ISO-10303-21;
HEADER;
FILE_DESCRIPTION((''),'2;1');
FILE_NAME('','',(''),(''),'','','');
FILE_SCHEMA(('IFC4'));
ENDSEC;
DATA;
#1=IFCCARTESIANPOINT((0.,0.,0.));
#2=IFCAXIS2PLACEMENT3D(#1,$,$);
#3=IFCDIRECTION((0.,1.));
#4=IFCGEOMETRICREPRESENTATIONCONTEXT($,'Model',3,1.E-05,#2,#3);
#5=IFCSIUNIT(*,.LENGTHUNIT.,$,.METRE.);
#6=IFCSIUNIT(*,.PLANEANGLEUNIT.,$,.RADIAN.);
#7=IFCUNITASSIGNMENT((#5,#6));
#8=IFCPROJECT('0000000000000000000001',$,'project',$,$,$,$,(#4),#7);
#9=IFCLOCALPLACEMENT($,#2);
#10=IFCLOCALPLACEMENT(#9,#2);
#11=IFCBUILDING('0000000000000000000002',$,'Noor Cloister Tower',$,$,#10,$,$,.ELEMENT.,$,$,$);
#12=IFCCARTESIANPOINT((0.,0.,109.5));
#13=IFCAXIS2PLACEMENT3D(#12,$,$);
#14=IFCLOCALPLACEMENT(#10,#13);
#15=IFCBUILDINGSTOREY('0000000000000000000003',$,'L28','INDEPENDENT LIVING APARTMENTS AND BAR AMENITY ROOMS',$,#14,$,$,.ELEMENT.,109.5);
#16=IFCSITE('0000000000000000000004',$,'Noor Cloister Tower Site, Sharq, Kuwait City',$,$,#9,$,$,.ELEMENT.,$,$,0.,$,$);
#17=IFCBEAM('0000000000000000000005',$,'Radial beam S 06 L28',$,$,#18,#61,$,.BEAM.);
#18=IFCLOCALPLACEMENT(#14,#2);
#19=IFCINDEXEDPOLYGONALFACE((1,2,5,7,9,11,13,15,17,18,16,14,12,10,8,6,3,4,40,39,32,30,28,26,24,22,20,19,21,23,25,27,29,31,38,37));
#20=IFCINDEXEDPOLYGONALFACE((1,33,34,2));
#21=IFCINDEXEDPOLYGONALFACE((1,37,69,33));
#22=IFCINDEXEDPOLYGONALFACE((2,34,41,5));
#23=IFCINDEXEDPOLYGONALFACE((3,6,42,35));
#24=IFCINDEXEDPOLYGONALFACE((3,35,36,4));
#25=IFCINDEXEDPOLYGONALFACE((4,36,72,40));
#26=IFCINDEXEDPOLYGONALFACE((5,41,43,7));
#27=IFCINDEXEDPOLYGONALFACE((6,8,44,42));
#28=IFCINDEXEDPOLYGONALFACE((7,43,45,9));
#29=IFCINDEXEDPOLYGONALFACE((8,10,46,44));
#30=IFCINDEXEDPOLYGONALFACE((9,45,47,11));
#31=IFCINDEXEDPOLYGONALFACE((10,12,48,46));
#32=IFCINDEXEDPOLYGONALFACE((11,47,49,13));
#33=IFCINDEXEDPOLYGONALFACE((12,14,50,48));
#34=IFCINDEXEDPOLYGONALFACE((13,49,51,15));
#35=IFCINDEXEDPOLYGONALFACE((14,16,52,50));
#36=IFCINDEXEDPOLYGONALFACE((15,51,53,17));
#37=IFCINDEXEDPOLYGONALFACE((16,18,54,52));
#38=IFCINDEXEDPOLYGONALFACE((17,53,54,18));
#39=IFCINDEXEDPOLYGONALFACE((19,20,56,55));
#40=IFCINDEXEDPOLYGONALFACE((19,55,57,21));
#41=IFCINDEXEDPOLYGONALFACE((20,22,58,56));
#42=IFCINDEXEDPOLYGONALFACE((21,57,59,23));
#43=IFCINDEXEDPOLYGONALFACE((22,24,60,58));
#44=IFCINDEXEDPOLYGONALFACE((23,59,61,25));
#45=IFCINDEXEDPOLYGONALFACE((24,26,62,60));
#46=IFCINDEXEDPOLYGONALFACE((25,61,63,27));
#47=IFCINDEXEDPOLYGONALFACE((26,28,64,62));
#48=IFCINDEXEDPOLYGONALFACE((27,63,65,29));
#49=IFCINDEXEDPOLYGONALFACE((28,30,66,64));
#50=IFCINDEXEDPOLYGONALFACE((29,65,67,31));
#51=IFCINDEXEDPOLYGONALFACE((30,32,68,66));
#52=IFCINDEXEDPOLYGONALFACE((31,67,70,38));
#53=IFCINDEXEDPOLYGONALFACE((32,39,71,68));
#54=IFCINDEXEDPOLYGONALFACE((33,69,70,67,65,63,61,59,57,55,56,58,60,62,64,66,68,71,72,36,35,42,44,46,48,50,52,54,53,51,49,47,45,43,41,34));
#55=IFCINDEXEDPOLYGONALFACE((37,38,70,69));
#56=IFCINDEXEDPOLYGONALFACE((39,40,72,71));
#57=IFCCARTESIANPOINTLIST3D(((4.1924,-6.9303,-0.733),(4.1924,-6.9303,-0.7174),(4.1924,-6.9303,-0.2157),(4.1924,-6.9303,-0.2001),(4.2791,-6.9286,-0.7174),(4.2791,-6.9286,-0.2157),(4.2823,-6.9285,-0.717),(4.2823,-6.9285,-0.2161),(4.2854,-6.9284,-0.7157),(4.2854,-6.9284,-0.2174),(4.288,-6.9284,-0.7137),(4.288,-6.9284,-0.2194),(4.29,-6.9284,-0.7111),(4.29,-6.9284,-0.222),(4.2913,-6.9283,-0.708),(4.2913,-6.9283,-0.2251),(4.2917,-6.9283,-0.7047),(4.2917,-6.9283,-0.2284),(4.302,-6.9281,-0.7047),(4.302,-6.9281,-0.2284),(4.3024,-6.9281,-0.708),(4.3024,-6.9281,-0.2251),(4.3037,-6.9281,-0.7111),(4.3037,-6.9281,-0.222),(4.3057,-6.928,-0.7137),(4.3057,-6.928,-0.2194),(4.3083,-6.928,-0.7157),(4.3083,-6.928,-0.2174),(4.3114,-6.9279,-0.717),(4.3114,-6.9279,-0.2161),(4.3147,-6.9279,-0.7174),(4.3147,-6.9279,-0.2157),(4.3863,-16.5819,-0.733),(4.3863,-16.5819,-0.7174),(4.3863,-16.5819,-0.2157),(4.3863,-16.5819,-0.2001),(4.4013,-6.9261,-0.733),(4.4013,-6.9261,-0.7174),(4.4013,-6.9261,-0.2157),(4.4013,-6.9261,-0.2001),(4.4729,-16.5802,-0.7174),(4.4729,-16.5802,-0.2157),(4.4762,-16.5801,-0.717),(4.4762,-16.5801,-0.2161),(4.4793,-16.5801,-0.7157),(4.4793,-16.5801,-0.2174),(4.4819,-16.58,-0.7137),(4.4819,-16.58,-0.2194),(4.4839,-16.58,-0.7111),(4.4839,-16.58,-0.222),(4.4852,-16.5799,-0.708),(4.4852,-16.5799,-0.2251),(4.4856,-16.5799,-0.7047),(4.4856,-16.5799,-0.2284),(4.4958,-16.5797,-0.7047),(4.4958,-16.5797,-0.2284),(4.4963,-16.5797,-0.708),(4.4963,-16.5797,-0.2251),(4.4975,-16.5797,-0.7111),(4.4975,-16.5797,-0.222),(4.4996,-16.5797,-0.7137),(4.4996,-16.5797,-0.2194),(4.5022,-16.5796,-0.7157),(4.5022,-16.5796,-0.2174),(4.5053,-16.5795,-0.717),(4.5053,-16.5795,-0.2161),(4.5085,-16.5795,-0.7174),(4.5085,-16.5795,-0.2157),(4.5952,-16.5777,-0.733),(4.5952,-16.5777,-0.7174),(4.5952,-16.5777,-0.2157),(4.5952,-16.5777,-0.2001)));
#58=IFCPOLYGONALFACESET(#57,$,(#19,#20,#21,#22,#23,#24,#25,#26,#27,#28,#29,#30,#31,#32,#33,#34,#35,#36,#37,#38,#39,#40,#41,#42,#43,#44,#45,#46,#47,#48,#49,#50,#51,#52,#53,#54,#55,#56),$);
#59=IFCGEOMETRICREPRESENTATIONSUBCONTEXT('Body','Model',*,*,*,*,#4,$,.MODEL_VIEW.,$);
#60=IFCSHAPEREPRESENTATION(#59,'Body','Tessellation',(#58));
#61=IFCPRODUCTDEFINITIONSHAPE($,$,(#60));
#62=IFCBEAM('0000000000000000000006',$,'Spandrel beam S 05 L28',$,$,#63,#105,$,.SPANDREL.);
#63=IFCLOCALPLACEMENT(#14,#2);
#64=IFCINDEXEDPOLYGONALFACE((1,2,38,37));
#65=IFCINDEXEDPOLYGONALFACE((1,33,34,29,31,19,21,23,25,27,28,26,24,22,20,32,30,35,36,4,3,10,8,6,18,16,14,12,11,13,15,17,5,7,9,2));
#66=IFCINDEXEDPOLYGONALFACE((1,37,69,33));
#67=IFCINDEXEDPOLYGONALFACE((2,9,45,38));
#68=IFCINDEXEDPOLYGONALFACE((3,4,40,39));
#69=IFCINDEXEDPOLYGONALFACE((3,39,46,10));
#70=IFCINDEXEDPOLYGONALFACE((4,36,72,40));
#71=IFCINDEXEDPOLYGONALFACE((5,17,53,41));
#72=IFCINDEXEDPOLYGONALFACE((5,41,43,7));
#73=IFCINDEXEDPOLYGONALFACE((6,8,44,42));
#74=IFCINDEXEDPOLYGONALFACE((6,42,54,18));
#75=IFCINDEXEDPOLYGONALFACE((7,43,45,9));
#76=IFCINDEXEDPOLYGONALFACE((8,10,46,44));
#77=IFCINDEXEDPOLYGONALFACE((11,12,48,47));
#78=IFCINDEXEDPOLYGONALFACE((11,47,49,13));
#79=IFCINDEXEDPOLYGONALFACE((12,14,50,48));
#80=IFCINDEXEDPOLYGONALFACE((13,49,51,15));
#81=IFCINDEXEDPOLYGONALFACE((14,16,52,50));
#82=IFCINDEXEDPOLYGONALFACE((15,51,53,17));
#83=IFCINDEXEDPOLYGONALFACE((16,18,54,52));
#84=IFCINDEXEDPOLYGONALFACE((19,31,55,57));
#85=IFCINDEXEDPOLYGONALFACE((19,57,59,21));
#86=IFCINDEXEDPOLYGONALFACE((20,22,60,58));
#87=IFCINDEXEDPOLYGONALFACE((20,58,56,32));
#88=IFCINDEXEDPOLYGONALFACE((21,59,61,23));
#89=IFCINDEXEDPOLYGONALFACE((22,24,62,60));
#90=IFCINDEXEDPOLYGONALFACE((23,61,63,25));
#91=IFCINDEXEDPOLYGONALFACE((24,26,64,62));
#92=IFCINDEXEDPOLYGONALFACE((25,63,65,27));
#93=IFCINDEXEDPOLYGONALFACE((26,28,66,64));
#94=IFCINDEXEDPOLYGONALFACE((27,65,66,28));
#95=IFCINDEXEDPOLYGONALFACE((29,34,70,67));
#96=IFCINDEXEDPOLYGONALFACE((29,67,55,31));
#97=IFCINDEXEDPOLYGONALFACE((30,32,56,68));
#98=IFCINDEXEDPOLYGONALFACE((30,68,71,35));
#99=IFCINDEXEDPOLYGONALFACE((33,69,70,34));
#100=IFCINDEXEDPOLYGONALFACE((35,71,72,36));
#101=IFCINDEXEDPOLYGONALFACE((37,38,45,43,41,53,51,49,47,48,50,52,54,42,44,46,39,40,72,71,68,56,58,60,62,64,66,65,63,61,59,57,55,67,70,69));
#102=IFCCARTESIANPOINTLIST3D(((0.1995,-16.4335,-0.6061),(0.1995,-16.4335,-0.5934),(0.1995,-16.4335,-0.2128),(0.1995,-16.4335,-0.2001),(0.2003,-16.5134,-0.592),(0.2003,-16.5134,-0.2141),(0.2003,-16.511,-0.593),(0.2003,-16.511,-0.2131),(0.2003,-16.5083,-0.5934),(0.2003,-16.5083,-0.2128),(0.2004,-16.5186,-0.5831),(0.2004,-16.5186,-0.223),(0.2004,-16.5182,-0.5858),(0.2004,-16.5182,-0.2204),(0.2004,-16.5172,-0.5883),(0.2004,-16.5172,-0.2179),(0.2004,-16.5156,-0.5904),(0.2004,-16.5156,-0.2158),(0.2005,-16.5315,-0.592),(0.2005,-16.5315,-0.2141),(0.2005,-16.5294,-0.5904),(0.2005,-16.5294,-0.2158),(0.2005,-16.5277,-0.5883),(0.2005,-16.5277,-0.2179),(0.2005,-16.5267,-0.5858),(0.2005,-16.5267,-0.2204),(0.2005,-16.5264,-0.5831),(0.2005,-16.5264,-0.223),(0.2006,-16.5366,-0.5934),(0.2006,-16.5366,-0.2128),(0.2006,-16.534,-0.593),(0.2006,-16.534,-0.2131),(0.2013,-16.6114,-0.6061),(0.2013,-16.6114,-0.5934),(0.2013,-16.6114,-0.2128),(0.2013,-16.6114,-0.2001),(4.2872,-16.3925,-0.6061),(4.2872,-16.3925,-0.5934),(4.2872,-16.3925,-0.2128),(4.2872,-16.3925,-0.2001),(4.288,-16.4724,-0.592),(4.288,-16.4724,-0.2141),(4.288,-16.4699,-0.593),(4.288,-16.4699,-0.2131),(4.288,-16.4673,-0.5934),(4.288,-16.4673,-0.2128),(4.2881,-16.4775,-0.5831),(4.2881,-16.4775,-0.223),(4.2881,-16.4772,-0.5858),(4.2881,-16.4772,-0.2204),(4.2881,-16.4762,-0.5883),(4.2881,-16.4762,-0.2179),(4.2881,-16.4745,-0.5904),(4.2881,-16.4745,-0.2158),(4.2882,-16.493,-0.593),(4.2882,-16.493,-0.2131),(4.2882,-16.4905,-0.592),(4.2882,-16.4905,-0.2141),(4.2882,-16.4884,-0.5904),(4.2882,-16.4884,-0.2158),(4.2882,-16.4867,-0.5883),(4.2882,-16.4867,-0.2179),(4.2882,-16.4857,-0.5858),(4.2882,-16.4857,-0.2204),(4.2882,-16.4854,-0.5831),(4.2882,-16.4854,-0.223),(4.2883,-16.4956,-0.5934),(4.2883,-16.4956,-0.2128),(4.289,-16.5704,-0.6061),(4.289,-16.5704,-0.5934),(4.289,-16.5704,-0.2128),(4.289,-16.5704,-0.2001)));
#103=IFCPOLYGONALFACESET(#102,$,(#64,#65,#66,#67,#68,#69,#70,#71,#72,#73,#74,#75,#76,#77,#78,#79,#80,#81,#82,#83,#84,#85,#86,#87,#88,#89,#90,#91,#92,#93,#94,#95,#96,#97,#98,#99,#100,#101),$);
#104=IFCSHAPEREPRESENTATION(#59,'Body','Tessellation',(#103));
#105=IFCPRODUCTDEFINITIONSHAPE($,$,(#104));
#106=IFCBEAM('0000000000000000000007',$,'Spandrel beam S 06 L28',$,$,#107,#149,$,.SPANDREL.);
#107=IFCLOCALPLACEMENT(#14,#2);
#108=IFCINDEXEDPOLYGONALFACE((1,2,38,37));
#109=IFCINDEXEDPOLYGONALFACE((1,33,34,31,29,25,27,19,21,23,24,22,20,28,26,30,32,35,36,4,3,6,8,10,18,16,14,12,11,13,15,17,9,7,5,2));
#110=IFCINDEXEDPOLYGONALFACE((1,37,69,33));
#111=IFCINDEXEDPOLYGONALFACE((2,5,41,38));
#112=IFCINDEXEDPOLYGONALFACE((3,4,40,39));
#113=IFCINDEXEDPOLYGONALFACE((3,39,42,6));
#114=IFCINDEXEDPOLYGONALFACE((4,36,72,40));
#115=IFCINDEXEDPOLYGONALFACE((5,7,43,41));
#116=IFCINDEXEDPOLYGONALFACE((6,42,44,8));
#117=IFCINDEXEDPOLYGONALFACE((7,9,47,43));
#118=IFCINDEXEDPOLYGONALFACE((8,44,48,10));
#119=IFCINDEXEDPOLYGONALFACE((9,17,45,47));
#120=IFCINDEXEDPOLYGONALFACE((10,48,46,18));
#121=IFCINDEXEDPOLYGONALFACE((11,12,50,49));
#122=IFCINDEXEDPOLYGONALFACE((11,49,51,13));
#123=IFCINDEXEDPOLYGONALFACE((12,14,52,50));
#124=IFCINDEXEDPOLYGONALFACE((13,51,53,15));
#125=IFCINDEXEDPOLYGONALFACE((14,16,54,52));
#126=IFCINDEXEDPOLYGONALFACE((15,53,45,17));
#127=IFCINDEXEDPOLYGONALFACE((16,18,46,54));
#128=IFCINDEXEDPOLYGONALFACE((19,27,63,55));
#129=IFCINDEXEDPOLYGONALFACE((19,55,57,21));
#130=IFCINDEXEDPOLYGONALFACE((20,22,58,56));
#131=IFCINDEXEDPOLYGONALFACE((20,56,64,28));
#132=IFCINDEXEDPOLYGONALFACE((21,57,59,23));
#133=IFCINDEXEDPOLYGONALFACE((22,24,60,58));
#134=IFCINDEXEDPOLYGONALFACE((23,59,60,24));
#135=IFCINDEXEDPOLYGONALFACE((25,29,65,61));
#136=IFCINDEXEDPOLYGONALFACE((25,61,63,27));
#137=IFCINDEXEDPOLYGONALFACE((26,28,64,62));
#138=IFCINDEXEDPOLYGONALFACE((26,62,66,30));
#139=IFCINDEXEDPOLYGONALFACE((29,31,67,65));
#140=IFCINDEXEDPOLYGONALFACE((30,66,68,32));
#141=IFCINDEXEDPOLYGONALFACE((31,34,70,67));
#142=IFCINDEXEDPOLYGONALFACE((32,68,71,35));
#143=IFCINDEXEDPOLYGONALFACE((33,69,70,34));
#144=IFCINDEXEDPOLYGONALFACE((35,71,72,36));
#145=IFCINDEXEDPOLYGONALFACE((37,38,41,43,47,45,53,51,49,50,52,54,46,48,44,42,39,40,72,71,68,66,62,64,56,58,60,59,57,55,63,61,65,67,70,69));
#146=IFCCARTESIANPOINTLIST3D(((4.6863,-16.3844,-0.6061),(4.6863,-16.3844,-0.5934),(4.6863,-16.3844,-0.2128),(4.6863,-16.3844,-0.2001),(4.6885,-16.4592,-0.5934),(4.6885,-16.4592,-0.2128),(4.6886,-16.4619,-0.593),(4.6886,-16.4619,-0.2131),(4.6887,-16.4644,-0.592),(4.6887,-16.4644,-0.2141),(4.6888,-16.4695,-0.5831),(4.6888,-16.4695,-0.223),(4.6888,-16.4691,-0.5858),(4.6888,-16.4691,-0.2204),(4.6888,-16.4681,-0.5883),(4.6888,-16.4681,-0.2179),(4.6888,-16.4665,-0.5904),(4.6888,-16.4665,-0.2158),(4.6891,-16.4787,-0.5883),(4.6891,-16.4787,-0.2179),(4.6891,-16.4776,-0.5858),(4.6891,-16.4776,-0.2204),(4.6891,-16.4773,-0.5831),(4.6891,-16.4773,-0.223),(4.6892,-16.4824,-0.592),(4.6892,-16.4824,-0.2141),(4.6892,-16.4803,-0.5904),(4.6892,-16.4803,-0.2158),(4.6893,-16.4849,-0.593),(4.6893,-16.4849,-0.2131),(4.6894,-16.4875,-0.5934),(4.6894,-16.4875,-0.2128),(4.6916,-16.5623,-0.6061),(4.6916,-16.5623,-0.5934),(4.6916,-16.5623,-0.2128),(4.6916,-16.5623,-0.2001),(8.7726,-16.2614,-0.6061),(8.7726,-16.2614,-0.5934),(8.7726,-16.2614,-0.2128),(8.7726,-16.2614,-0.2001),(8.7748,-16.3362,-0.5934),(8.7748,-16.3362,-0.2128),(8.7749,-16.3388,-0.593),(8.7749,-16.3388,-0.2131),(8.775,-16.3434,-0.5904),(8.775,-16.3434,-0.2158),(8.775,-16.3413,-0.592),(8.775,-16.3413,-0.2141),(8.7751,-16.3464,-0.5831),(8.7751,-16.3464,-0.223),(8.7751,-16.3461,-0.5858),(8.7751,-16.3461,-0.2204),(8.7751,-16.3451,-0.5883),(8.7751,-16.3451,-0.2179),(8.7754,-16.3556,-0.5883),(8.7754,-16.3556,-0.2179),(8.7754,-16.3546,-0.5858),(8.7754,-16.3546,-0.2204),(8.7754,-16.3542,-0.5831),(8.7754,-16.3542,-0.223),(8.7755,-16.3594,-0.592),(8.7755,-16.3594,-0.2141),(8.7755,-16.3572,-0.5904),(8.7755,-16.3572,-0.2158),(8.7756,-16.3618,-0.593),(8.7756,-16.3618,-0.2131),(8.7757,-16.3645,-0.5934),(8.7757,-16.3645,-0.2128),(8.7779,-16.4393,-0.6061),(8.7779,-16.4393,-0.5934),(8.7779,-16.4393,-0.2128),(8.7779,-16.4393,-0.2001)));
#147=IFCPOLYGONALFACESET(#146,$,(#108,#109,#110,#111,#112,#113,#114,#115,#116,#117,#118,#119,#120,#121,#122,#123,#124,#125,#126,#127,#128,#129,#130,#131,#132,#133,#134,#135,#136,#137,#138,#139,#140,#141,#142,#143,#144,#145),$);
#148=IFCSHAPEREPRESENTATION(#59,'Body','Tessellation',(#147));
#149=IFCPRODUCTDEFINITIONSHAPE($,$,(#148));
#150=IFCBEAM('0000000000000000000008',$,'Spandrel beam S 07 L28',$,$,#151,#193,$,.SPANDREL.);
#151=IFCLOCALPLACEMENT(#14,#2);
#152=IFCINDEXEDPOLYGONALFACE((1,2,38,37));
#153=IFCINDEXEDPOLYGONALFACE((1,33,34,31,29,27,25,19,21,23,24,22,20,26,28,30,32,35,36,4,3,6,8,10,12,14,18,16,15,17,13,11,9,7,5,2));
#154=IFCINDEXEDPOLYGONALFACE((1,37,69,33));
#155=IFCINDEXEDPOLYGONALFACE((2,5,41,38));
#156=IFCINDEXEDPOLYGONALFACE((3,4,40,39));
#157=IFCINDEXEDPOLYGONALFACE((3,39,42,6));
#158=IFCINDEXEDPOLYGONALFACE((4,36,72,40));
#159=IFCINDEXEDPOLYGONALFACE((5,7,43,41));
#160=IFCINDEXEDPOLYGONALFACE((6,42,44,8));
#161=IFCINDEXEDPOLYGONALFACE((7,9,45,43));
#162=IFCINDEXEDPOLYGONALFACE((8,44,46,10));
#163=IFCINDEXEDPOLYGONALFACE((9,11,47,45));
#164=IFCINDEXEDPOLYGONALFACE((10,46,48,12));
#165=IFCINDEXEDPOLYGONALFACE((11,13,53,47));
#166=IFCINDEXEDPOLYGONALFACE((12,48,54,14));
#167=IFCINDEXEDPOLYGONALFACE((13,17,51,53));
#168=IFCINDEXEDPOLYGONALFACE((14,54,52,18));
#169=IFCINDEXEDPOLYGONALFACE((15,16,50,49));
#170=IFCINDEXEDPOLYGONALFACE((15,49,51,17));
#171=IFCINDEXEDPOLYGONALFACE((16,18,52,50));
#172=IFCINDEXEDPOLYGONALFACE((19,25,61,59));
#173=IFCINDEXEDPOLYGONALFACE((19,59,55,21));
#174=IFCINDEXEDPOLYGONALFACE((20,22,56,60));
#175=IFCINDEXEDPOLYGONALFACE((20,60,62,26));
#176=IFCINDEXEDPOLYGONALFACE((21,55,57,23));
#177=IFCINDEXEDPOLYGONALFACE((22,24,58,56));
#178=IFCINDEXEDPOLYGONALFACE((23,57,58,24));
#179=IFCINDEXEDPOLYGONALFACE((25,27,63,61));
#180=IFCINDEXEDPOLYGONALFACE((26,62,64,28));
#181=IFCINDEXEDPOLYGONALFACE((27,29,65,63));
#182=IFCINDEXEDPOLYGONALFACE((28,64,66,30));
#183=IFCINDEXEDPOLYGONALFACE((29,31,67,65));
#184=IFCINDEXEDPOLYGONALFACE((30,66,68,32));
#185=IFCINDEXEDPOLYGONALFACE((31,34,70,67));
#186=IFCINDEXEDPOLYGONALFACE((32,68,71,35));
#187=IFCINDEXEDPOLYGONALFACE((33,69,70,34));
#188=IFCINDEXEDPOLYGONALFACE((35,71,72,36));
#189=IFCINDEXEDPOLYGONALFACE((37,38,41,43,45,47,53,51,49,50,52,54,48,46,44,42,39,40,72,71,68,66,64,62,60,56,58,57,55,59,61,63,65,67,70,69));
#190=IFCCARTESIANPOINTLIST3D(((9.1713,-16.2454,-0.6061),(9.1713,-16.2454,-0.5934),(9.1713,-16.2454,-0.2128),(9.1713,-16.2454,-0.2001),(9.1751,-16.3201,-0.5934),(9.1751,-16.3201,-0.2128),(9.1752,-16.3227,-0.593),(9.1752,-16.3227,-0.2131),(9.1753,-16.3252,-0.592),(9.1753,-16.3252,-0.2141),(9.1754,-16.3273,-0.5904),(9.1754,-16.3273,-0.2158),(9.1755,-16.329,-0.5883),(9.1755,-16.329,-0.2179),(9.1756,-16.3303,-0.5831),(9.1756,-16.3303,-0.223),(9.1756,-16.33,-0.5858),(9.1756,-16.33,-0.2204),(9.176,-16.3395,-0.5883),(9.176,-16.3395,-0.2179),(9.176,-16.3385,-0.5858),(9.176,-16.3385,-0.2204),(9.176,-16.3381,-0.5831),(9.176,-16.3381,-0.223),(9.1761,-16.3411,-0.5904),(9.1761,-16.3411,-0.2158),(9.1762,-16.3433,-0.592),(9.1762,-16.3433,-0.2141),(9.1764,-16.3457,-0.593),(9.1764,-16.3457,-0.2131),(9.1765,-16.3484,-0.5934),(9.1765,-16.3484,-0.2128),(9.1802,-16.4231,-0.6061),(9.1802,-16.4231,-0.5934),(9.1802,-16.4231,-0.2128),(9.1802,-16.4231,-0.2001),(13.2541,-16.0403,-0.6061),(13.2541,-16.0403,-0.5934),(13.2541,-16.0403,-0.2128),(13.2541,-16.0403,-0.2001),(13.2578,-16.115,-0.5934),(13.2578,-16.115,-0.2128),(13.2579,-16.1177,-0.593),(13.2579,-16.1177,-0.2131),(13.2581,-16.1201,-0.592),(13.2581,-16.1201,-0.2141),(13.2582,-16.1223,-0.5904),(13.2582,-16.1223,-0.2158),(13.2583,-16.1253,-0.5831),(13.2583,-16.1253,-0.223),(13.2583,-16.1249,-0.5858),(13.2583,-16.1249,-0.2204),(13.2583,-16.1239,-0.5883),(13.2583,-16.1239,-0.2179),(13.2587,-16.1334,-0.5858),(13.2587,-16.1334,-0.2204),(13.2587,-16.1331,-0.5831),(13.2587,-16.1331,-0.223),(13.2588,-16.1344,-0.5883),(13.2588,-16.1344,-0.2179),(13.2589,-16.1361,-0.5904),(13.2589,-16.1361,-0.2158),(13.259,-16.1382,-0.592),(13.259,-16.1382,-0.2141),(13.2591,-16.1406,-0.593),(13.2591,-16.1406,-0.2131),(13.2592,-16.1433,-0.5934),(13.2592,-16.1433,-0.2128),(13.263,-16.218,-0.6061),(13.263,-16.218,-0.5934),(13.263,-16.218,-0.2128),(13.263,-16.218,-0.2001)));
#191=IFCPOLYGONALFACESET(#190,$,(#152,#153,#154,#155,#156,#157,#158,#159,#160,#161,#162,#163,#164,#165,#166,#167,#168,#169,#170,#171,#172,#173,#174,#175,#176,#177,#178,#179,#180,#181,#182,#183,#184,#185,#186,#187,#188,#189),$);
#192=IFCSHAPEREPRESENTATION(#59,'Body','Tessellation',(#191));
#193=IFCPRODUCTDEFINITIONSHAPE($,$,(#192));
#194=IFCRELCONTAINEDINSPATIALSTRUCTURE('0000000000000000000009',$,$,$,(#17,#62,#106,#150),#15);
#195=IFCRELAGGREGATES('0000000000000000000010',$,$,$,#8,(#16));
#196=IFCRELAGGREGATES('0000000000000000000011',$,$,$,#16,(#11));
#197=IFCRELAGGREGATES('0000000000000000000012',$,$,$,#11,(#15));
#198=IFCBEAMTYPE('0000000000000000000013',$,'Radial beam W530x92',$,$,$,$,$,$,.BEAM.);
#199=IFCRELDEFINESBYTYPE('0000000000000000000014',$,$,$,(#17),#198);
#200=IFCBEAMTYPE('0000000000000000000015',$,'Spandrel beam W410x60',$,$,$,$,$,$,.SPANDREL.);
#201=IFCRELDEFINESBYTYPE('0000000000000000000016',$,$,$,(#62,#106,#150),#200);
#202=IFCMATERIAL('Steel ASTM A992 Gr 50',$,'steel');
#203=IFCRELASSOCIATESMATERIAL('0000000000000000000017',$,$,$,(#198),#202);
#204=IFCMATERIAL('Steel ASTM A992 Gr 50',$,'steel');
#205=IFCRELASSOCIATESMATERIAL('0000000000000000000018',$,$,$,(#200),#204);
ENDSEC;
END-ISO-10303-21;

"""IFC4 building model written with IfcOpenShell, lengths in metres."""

from ifc_helpers import new_model, si_unit, direction, frame, origin, origin_2d, place, context, subcontext, project, spatial, i_section, extrude, material, material_profile, profile_set, type_object, element, save


model = new_model("IFC4")

# Units and contexts
model_context = context("Model", 3, precision=1e-05, world=origin(), true_north=direction((0.0, 1.0)))
body_context = subcontext(model_context, "Body", "Model", "MODEL_VIEW")
ifc_project = project(units=[si_unit("LENGTHUNIT", "METRE"), si_unit("PLANEANGLEUNIT", "RADIAN")], contexts=[model_context])

# Site, building, storey
site_placement = place(None, origin())
site = spatial("IfcSite", under=ifc_project, at=site_placement, Name="Noor Cloister Tower Site, Sharq, Kuwait City", CompositionType="ELEMENT", RefElevation=0.0)
building_placement = place(site_placement, origin())
building = spatial("IfcBuilding", under=site, at=building_placement, Name="Noor Cloister Tower", CompositionType="ELEMENT")
storey_placement = place(building_placement, frame((0.0, 0.0, 109.5)))
storey = spatial("IfcBuildingStorey", under=building, at=storey_placement, Name="L28", Description="INDEPENDENT LIVING APARTMENTS AND BAR AMENITY ROOMS", CompositionType="ELEMENT", Elevation=109.5)

# Beams
ifc_material_1 = material(Name="Steel ASTM A992 Gr 50", Category="steel")
ifc_material_profile_1 = material_profile(ifc_material_1, i_section(OverallWidth=0.209, OverallDepth=0.533, WebThickness=0.0103, FlangeThickness=0.0156, FilletRadius=0.0127, at=origin_2d()), Name="W530x92")
ifc_profile_set_1 = profile_set([ifc_material_profile_1], Name="Steel ASTM A992 Gr 50")
beam_type_1 = type_object("IfcBeamType", Name="Radial beam W530x92", PredefinedType="BEAM", material=ifc_profile_set_1)
beam_1_placement = place(storey_placement, frame((4.4907, -16.5798, -0.4666), z_axis=(-0.02008, 0.999798, 0.0), x_axis=(-0.999798, -0.02008, 0.0)))
element("IfcBeam", 1, at=beam_1_placement, inside=storey, type_object=beam_type_1, Name="Radial beam S 06 L28", PredefinedType="BEAM", context=body_context, shape_type="SweptSolid", body=[
    extrude(i_section(OverallWidth=0.209, OverallDepth=0.533, WebThickness=0.0103, FlangeThickness=0.0156, FilletRadius=0.0127, at=origin_2d()), origin(), (0.0, 0.0, 1.0), 9.6536),
])
ifc_material_2 = material(Name="Steel ASTM A992 Gr 50", Category="steel")
ifc_material_profile_2 = material_profile(ifc_material_2, i_section(OverallWidth=0.178, OverallDepth=0.406, WebThickness=0.0078, FlangeThickness=0.0127, FilletRadius=0.0103, at=origin_2d()), Name="W410x60")
ifc_profile_set_2 = profile_set([ifc_material_profile_2], Name="Steel ASTM A992 Gr 50")
beam_type_2 = type_object("IfcBeamType", Name="Spandrel beam W410x60", PredefinedType="SPANDREL", material=ifc_profile_set_2)
beam_2_placement = place(storey_placement, frame((0.2004, -16.5225, -0.4031), z_axis=(0.99995, 0.010034, 0.0), x_axis=(-0.010034, 0.99995, 0.0)))
element("IfcBeam", 2, at=beam_2_placement, inside=storey, type_object=beam_type_2, Name="Spandrel beam S 05 L28", PredefinedType="SPANDREL", context=body_context, shape_type="SweptSolid", body=[
    extrude(i_section(OverallWidth=0.178, OverallDepth=0.406, WebThickness=0.0078, FlangeThickness=0.0127, FilletRadius=0.0103, at=origin_2d()), origin(), (0.0, 0.0, 1.0), 4.0879),
])
beam_3_placement = place(storey_placement, frame((4.689, -16.4734, -0.4031), z_axis=(0.999547, 0.030099, 0.0), x_axis=(-0.030099, 0.999547, 0.0)))
element("IfcBeam", 3, at=beam_3_placement, inside=storey, type_object=beam_type_2, Name="Spandrel beam S 06 L28", PredefinedType="SPANDREL", context=body_context, shape_type="SweptSolid", body=[
    extrude(i_section(OverallWidth=0.178, OverallDepth=0.406, WebThickness=0.0078, FlangeThickness=0.0127, FilletRadius=0.0103, at=origin_2d()), origin(), (0.0, 0.0, 1.0), 4.0881),
])
beam_4_placement = place(storey_placement, frame((9.1758, -16.3342, -0.4031), z_axis=(0.998741, 0.050167, 0.0), x_axis=(-0.050167, 0.998741, 0.0)))
element("IfcBeam", 4, at=beam_4_placement, inside=storey, type_object=beam_type_2, Name="Spandrel beam S 07 L28", PredefinedType="SPANDREL", context=body_context, shape_type="SweptSolid", body=[
    extrude(i_section(OverallWidth=0.178, OverallDepth=0.406, WebThickness=0.0078, FlangeThickness=0.0127, FilletRadius=0.0103, at=origin_2d()), origin(), (0.0, 0.0, 1.0), 4.0879),
])

save(model, "model.ifc")
